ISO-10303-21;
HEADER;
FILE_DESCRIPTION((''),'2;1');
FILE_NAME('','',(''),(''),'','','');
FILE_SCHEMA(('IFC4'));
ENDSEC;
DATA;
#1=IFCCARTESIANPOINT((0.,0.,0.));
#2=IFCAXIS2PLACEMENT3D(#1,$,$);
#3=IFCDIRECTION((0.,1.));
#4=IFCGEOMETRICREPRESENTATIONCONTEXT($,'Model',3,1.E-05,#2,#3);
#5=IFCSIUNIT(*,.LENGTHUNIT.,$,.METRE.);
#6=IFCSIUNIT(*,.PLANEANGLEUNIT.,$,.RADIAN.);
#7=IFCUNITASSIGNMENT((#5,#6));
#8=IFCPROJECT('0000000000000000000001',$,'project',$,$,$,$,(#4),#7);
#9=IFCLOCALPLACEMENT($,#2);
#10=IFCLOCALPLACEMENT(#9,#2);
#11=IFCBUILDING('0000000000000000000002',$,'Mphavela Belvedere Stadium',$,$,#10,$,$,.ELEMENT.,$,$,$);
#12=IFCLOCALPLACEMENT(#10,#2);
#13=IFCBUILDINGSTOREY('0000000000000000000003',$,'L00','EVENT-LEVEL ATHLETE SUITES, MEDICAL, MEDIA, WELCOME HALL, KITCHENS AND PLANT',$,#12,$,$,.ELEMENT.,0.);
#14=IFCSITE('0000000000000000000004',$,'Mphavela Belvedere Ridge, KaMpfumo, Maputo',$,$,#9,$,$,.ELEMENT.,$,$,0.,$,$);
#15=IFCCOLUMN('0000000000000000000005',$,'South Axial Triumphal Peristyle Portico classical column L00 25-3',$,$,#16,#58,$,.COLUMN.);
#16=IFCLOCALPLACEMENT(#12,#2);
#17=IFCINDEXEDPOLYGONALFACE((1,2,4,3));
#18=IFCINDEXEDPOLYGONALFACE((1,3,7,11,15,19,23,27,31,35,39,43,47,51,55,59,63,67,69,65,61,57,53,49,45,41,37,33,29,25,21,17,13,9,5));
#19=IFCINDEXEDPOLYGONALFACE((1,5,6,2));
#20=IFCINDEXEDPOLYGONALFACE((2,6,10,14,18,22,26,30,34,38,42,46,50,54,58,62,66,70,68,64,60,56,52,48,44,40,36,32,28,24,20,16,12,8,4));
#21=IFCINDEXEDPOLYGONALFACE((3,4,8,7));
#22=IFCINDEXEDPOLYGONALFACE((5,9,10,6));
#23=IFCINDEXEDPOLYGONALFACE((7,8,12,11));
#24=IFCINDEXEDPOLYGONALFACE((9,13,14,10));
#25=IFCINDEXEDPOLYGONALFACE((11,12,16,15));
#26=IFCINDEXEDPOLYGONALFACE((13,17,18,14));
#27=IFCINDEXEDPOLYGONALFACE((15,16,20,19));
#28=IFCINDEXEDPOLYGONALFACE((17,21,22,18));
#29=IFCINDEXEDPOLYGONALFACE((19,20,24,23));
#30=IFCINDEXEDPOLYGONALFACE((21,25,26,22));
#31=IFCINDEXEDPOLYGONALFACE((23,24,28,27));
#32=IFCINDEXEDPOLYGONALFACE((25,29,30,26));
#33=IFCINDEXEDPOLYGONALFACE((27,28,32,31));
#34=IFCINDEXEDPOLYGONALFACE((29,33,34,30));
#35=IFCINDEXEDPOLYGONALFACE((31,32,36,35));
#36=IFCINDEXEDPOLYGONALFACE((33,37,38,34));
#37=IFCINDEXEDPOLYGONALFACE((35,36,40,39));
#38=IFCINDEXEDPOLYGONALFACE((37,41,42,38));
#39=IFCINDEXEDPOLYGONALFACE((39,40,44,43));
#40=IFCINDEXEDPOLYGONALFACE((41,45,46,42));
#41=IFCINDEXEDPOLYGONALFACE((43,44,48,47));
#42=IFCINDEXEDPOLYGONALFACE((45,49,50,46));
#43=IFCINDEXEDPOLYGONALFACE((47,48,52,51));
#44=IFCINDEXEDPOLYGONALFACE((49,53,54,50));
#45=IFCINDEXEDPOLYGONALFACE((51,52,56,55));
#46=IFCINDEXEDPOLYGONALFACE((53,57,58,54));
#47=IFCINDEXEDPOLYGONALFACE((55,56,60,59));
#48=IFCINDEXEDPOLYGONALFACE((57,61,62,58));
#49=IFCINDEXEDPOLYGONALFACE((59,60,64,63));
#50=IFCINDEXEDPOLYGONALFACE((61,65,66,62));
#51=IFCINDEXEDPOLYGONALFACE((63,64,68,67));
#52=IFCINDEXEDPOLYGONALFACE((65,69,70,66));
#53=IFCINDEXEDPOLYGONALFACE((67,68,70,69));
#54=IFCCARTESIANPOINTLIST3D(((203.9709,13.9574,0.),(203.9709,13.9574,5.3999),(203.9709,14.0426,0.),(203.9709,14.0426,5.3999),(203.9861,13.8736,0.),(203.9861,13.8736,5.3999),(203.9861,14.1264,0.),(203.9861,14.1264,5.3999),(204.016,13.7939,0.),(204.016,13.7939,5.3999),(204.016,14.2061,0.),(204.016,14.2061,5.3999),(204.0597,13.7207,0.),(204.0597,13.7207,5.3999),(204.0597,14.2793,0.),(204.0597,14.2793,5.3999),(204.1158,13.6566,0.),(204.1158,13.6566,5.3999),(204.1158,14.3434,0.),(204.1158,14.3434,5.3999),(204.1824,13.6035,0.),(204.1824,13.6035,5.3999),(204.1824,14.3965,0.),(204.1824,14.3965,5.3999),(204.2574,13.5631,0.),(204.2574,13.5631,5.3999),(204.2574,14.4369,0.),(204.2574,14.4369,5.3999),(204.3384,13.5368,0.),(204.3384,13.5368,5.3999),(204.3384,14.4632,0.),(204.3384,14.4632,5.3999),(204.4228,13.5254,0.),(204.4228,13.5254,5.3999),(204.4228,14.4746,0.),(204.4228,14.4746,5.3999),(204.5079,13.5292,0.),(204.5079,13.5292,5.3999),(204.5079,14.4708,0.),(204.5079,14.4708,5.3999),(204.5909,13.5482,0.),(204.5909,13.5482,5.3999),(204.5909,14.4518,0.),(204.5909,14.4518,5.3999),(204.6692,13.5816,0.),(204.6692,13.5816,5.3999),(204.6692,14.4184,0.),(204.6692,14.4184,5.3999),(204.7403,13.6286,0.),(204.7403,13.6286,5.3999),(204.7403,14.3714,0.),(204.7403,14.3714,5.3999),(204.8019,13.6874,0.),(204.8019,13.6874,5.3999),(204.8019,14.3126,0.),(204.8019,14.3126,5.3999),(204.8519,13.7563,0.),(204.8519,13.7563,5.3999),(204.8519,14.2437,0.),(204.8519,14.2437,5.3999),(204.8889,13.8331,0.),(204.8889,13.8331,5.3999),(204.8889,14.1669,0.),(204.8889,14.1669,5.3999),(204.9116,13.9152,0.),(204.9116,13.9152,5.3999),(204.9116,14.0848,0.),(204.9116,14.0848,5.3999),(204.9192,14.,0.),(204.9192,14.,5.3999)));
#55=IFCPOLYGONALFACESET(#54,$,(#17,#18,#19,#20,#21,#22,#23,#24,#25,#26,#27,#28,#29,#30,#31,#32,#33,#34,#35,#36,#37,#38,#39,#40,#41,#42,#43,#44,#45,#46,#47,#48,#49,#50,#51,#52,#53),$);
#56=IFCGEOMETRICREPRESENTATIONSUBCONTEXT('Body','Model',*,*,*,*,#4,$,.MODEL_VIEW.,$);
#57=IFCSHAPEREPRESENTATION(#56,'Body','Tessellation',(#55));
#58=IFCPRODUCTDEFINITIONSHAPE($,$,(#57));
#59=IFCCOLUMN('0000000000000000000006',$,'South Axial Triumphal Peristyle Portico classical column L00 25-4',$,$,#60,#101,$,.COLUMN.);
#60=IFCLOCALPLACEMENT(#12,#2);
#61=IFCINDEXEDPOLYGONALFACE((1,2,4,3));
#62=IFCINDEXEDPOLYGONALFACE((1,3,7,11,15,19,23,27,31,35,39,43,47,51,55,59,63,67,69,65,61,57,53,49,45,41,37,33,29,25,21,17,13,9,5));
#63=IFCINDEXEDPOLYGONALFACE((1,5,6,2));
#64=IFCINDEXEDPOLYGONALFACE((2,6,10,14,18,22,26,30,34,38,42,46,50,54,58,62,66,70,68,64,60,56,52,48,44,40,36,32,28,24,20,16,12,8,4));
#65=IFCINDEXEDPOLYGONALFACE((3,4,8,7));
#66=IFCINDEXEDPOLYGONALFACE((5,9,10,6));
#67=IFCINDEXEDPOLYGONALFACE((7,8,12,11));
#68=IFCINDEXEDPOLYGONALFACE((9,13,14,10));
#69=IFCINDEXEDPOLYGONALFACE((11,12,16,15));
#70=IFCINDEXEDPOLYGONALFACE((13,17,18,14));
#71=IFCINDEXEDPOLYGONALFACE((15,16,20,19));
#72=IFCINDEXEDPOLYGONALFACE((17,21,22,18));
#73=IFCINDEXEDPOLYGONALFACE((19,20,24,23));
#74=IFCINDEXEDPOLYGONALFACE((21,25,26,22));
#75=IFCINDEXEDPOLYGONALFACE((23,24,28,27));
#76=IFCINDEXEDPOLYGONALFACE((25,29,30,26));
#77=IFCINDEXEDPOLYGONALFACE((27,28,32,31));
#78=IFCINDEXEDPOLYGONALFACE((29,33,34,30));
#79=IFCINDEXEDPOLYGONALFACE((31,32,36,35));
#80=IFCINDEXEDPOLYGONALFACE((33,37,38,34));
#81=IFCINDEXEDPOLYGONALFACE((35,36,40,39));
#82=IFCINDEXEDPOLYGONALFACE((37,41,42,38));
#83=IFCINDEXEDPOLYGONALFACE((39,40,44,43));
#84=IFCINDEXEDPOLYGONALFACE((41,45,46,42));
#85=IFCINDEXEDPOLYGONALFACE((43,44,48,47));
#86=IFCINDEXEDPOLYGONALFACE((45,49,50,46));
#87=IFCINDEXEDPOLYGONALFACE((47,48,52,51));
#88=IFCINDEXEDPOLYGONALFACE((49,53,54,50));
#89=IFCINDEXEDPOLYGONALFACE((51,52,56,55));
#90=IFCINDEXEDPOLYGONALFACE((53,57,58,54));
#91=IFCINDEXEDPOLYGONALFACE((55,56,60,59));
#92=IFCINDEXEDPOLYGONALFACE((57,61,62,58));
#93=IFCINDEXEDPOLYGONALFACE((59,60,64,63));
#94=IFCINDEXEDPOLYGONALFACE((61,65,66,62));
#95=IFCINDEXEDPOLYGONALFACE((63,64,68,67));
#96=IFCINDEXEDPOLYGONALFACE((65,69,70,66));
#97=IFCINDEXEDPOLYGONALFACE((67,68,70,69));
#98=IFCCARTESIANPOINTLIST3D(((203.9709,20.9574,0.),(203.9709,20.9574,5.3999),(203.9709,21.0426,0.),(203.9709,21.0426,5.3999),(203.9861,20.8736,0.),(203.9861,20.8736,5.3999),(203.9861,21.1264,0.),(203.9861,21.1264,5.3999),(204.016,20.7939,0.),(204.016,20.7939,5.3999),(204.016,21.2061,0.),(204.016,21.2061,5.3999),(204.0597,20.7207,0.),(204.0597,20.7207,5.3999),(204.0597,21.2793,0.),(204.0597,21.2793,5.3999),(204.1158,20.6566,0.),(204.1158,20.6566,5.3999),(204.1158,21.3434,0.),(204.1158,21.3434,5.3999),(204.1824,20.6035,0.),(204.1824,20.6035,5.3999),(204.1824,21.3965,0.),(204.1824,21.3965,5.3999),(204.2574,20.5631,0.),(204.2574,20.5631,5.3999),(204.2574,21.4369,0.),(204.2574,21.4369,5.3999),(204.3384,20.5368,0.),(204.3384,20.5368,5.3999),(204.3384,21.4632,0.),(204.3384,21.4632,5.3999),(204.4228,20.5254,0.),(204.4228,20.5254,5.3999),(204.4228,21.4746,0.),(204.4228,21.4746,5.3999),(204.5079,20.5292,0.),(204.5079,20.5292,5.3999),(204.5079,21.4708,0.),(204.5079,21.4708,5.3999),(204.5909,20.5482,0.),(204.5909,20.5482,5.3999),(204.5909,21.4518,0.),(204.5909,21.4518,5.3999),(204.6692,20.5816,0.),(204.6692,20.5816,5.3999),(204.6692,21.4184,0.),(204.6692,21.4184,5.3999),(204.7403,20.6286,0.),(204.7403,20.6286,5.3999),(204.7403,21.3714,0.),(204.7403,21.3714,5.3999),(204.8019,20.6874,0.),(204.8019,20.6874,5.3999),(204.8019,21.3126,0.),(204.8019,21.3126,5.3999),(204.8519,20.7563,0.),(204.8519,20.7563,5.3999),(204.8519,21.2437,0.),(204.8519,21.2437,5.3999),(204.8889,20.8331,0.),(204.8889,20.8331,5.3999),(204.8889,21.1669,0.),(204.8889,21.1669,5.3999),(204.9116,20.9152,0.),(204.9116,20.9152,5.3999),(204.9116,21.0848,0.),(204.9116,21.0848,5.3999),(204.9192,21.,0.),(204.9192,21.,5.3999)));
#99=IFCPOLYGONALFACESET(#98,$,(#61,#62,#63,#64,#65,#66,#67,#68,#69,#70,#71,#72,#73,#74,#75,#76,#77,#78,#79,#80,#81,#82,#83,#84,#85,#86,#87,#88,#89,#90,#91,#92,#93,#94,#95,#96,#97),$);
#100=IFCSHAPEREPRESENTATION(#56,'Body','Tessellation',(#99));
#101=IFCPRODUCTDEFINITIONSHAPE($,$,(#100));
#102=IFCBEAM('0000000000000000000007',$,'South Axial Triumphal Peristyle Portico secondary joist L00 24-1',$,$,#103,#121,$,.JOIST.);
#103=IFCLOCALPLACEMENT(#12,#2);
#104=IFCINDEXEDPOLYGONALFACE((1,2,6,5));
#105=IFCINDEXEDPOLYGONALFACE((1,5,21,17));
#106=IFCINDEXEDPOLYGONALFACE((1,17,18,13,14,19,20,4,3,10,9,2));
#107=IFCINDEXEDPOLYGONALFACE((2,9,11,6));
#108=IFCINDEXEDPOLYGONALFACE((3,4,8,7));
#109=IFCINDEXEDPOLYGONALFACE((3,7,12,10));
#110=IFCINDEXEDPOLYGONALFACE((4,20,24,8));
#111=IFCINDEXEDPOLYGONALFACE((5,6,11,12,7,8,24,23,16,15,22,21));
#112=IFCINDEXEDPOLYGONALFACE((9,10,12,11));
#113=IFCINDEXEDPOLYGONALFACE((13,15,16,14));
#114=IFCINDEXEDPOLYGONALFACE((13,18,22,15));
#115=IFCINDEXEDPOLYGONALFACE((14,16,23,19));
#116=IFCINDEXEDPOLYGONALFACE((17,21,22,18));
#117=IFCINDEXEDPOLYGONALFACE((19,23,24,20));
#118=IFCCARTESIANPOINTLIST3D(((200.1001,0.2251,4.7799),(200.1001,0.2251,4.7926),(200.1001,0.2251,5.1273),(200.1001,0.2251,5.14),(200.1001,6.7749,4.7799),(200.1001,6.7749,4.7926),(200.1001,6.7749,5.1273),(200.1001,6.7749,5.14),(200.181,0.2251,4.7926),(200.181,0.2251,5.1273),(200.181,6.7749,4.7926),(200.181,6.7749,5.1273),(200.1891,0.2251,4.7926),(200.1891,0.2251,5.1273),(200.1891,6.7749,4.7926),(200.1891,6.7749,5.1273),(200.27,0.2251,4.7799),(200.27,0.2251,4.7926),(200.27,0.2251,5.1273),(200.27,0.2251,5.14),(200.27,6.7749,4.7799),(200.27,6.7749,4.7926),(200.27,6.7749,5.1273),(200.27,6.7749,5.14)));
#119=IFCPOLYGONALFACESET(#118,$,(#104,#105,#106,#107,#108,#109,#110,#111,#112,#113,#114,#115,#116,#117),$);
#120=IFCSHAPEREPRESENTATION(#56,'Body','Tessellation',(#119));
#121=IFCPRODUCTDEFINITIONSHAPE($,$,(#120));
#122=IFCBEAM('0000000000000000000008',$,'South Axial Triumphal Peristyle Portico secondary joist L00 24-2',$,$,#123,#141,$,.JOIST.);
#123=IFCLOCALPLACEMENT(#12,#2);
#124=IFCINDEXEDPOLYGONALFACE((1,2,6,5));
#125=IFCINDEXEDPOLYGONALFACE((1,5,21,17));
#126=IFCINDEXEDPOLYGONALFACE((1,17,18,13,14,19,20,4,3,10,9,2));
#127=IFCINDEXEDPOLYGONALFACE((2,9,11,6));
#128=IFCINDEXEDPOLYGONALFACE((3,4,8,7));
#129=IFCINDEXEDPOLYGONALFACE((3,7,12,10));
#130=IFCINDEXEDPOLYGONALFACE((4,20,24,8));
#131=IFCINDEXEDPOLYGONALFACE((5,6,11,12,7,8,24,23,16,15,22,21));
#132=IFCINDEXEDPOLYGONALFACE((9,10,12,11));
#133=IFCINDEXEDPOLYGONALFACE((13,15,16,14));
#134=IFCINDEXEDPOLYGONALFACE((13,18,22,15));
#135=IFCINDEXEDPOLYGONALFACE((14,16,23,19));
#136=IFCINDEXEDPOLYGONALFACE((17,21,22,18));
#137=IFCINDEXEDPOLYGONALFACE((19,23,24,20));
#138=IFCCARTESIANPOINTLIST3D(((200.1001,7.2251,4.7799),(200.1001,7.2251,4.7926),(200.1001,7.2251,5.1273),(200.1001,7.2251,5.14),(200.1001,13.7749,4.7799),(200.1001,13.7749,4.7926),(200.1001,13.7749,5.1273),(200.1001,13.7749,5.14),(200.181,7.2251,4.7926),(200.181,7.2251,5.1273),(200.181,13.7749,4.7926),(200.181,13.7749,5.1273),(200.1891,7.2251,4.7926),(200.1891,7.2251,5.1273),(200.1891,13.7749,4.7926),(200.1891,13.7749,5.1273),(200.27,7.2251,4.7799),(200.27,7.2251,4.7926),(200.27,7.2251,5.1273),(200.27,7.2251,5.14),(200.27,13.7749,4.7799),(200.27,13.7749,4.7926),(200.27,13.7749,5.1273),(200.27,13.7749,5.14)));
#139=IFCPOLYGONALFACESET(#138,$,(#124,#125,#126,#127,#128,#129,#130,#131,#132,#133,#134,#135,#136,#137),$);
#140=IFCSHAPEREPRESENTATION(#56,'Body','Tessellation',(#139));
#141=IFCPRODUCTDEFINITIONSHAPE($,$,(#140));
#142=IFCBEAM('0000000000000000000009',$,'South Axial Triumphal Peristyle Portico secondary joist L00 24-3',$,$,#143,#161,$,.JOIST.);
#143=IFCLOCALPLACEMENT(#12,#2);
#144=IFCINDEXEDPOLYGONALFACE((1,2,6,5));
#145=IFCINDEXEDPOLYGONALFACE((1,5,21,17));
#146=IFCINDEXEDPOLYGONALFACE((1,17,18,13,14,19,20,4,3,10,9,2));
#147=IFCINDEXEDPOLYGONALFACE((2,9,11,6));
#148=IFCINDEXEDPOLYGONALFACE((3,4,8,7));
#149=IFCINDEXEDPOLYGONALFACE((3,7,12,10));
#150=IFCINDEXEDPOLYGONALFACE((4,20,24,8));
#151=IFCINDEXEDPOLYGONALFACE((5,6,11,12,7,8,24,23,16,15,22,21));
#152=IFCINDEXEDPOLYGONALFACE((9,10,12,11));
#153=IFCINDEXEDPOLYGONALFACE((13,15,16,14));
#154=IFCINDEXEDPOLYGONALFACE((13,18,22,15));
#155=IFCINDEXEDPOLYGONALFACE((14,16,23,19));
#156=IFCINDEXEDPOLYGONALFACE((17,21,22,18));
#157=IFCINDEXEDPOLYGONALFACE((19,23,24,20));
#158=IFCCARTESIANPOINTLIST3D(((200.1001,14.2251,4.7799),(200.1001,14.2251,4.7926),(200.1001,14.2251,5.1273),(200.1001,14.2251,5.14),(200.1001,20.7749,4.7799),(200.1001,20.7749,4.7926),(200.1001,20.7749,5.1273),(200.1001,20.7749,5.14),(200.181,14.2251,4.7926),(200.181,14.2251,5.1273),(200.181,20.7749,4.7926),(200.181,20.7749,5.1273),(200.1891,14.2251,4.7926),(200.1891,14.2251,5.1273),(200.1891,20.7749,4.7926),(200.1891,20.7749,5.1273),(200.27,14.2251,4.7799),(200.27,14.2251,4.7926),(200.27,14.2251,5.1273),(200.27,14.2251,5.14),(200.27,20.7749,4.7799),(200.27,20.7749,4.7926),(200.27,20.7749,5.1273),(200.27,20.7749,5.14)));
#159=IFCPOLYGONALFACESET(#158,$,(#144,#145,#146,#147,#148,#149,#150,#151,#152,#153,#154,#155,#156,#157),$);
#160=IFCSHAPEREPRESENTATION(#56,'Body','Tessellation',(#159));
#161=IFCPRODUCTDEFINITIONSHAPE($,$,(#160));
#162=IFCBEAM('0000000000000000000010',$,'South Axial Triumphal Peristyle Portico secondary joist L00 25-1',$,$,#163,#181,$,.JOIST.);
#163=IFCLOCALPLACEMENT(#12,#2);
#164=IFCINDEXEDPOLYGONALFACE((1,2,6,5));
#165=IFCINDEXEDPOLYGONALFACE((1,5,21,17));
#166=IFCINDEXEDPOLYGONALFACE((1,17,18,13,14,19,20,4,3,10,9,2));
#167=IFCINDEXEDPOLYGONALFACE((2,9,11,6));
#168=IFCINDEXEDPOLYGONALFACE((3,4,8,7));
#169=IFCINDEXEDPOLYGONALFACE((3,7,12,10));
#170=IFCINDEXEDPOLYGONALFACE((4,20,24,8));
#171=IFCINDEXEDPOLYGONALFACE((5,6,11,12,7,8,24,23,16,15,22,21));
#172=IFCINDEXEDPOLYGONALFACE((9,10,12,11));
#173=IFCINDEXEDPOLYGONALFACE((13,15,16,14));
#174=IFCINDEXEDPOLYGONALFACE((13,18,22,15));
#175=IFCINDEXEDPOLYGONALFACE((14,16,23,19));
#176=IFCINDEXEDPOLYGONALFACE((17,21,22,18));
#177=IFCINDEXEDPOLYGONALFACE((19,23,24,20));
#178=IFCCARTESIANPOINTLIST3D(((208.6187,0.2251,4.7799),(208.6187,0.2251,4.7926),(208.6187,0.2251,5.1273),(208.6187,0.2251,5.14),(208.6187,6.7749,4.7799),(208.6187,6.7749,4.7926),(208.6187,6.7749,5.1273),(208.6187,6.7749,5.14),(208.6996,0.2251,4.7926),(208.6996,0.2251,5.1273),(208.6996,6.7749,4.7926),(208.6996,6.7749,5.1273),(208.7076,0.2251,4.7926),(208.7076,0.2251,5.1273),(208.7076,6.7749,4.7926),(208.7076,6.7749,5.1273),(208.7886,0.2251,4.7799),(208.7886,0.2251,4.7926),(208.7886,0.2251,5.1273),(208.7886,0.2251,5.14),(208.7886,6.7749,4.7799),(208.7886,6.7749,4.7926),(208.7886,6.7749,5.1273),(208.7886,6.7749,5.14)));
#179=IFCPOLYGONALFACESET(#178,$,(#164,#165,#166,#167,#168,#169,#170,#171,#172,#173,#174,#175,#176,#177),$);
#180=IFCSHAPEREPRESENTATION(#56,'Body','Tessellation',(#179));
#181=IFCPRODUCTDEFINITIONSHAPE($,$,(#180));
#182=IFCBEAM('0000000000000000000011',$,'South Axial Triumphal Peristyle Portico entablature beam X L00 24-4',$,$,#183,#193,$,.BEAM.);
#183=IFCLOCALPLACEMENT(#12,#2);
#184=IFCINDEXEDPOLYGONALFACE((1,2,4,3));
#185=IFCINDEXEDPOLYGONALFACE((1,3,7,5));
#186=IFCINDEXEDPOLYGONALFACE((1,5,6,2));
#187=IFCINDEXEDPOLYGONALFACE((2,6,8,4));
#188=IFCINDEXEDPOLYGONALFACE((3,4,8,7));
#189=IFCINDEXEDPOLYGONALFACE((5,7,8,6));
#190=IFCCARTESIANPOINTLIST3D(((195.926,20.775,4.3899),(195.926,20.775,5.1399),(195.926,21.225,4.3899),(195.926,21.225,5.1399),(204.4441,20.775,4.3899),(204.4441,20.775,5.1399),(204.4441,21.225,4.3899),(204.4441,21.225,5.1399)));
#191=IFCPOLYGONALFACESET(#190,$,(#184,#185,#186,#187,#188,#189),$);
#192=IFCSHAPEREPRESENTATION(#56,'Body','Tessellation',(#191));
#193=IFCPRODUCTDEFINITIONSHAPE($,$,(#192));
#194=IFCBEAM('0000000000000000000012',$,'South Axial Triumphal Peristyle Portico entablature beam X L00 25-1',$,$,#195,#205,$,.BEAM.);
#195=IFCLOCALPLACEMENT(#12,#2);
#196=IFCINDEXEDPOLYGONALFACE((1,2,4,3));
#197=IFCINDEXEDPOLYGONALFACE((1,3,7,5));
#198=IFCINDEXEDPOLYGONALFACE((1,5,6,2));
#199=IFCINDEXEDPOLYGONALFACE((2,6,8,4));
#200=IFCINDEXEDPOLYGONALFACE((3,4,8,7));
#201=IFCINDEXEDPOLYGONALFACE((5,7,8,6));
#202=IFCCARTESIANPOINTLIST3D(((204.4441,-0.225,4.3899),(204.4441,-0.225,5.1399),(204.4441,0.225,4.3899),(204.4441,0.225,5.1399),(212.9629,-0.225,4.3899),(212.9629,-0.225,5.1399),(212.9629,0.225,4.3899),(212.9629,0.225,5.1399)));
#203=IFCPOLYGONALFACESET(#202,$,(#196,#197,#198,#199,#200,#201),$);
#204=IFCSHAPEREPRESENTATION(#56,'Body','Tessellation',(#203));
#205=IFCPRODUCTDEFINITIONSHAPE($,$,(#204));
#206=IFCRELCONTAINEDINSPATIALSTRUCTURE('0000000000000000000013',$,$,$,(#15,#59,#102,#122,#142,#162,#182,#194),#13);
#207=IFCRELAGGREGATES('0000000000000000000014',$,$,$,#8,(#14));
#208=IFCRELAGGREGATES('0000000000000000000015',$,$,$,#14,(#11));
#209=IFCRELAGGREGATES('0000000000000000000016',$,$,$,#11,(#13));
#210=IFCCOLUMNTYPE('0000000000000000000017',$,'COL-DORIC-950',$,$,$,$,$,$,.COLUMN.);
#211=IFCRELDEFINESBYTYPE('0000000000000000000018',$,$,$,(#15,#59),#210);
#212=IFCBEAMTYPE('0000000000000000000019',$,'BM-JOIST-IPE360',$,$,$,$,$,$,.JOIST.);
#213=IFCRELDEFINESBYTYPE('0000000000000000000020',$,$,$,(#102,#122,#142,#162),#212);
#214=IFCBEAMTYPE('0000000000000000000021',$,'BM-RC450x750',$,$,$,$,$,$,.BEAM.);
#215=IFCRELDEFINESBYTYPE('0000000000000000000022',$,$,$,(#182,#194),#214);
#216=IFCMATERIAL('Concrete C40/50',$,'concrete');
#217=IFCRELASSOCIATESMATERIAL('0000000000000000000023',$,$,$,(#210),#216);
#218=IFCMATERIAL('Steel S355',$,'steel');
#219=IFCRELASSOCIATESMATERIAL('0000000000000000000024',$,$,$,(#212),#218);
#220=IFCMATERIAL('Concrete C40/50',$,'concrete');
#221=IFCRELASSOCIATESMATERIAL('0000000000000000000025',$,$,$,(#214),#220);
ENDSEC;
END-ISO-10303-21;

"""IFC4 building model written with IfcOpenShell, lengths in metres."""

from ifc_helpers import new_model, si_unit, direction, frame, origin, origin_2d, place, context, subcontext, project, spatial, rectangle, circle, i_section, extrude, material, material_profile, profile_set, type_object, element, save


model = new_model("IFC4")

# Units and contexts
model_context = context("Model", 3, precision=1e-05, world=origin(), true_north=direction((0.0, 1.0)))
body_context = subcontext(model_context, "Body", "Model", "MODEL_VIEW")
ifc_project = project(units=[si_unit("LENGTHUNIT", "METRE"), si_unit("PLANEANGLEUNIT", "RADIAN")], contexts=[model_context])

# Site, building, storey
site_placement = place(None, origin())
site = spatial("IfcSite", under=ifc_project, at=site_placement, Name="Mphavela Belvedere Ridge, KaMpfumo, Maputo", CompositionType="ELEMENT", RefElevation=0.0)
building_placement = place(site_placement, origin())
building = spatial("IfcBuilding", under=site, at=building_placement, Name="Mphavela Belvedere Stadium", CompositionType="ELEMENT")
storey_placement = place(building_placement, origin())
storey = spatial("IfcBuildingStorey", under=building, at=storey_placement, Name="L00", Description="EVENT-LEVEL ATHLETE SUITES, MEDICAL, MEDIA, WELCOME HALL, KITCHENS AND PLANT", CompositionType="ELEMENT", Elevation=0.0)

# Columns
ifc_material_1 = material(Name="Concrete C40/50", Category="concrete")
ifc_material_profile_1 = material_profile(ifc_material_1, circle(Radius=0.4751, at=origin_2d()), Name="COL D950")
ifc_profile_set_1 = profile_set([ifc_material_profile_1], Name="Concrete C40/50")
column_type = type_object("IfcColumnType", Name="COL-DORIC-950", PredefinedType="COLUMN", material=ifc_profile_set_1)
for number, where, z_axis, x_axis, name in (
    (1, (204.4441, 14.0, 0.0), (0.0, 0.0, 1.0), (1.0, 0.0, 0.0), "South Axial Triumphal Peristyle Portico classical column L00 25-3"),
    (2, (204.4441, 21.0, 0.0), (0.0, 0.0, 1.0), (1.0, 0.0, 0.0), "South Axial Triumphal Peristyle Portico classical column L00 25-4"),
):
    element("IfcColumn", number, at=place(storey_placement, frame(where, z_axis=z_axis, x_axis=x_axis)), inside=storey, type_object=column_type, Name=name, PredefinedType="COLUMN", context=body_context, shape_type="SweptSolid", body=[
        extrude(circle(Radius=0.4751, at=origin_2d()), origin(), (0.0, 0.0, 1.0), 5.3999),
    ])

# Beams
ifc_material_2 = material(Name="Steel S355", Category="steel")
ifc_material_profile_2 = material_profile(ifc_material_2, i_section(OverallWidth=0.1699, OverallDepth=0.3601, WebThickness=0.0081, FlangeThickness=0.0127, at=origin_2d()), Name="IPE 360")
ifc_profile_set_2 = profile_set([ifc_material_profile_2], Name="Steel S355")
beam_type_1 = type_object("IfcBeamType", Name="BM-JOIST-IPE360", PredefinedType="JOIST", material=ifc_profile_set_2)
for number, where, z_axis, x_axis, name in (
    (3, (200.1851, 0.2251, 4.96), (0.0, 1.0, 0.0), (-1.0, 0.0, 0.0), "South Axial Triumphal Peristyle Portico secondary joist L00 24-1"),
    (4, (200.1851, 7.2251, 4.96), (0.0, 1.0, 0.0), (-1.0, 0.0, 0.0), "South Axial Triumphal Peristyle Portico secondary joist L00 24-2"),
    (5, (200.1851, 14.2251, 4.96), (0.0, 1.0, 0.0), (-1.0, 0.0, 0.0), "South Axial Triumphal Peristyle Portico secondary joist L00 24-3"),
    (6, (208.7036, 0.2251, 4.96), (0.0, 1.0, 0.0), (-1.0, 0.0, 0.0), "South Axial Triumphal Peristyle Portico secondary joist L00 25-1"),
):
    element("IfcBeam", number, at=place(storey_placement, frame(where, z_axis=z_axis, x_axis=x_axis)), inside=storey, type_object=beam_type_1, Name=name, PredefinedType="JOIST", context=body_context, shape_type="SweptSolid", body=[
        extrude(i_section(OverallWidth=0.1699, OverallDepth=0.3601, WebThickness=0.0081, FlangeThickness=0.0127, at=origin_2d()), origin(), (0.0, 0.0, 1.0), 6.5498),
    ])
ifc_material_3 = material(Name="Concrete C40/50", Category="concrete")
ifc_material_profile_3 = material_profile(ifc_material_3, rectangle(XDim=0.45, YDim=0.75, at=origin_2d()), Name="RC 450x750")
ifc_profile_set_3 = profile_set([ifc_material_profile_3], Name="Concrete C40/50")
beam_type_2 = type_object("IfcBeamType", Name="BM-RC450x750", PredefinedType="BEAM", material=ifc_profile_set_3)
beam_1_placement = place(storey_placement, frame((195.926, 21.0, 4.7649), z_axis=(1.0, 0.0, 0.0), x_axis=(0.0, 1.0, 0.0)))
element("IfcBeam", 7, at=beam_1_placement, inside=storey, type_object=beam_type_2, Name="South Axial Triumphal Peristyle Portico entablature beam X L00 24-4", PredefinedType="BEAM", context=body_context, shape_type="SweptSolid", body=[
    extrude(rectangle(XDim=0.45, YDim=0.75, at=origin_2d()), origin(), (0.0, 0.0, 1.0), 8.5181),
])
beam_2_placement = place(storey_placement, frame((204.4441, 0.0, 4.7649), z_axis=(1.0, 0.0, 0.0), x_axis=(0.0, 1.0, 0.0)))
element("IfcBeam", 8, at=beam_2_placement, inside=storey, type_object=beam_type_2, Name="South Axial Triumphal Peristyle Portico entablature beam X L00 25-1", PredefinedType="BEAM", context=body_context, shape_type="SweptSolid", body=[
    extrude(rectangle(XDim=0.45, YDim=0.75, at=origin_2d()), origin(), (0.0, 0.0, 1.0), 8.5188),
])

save(model, "model.ifc")
